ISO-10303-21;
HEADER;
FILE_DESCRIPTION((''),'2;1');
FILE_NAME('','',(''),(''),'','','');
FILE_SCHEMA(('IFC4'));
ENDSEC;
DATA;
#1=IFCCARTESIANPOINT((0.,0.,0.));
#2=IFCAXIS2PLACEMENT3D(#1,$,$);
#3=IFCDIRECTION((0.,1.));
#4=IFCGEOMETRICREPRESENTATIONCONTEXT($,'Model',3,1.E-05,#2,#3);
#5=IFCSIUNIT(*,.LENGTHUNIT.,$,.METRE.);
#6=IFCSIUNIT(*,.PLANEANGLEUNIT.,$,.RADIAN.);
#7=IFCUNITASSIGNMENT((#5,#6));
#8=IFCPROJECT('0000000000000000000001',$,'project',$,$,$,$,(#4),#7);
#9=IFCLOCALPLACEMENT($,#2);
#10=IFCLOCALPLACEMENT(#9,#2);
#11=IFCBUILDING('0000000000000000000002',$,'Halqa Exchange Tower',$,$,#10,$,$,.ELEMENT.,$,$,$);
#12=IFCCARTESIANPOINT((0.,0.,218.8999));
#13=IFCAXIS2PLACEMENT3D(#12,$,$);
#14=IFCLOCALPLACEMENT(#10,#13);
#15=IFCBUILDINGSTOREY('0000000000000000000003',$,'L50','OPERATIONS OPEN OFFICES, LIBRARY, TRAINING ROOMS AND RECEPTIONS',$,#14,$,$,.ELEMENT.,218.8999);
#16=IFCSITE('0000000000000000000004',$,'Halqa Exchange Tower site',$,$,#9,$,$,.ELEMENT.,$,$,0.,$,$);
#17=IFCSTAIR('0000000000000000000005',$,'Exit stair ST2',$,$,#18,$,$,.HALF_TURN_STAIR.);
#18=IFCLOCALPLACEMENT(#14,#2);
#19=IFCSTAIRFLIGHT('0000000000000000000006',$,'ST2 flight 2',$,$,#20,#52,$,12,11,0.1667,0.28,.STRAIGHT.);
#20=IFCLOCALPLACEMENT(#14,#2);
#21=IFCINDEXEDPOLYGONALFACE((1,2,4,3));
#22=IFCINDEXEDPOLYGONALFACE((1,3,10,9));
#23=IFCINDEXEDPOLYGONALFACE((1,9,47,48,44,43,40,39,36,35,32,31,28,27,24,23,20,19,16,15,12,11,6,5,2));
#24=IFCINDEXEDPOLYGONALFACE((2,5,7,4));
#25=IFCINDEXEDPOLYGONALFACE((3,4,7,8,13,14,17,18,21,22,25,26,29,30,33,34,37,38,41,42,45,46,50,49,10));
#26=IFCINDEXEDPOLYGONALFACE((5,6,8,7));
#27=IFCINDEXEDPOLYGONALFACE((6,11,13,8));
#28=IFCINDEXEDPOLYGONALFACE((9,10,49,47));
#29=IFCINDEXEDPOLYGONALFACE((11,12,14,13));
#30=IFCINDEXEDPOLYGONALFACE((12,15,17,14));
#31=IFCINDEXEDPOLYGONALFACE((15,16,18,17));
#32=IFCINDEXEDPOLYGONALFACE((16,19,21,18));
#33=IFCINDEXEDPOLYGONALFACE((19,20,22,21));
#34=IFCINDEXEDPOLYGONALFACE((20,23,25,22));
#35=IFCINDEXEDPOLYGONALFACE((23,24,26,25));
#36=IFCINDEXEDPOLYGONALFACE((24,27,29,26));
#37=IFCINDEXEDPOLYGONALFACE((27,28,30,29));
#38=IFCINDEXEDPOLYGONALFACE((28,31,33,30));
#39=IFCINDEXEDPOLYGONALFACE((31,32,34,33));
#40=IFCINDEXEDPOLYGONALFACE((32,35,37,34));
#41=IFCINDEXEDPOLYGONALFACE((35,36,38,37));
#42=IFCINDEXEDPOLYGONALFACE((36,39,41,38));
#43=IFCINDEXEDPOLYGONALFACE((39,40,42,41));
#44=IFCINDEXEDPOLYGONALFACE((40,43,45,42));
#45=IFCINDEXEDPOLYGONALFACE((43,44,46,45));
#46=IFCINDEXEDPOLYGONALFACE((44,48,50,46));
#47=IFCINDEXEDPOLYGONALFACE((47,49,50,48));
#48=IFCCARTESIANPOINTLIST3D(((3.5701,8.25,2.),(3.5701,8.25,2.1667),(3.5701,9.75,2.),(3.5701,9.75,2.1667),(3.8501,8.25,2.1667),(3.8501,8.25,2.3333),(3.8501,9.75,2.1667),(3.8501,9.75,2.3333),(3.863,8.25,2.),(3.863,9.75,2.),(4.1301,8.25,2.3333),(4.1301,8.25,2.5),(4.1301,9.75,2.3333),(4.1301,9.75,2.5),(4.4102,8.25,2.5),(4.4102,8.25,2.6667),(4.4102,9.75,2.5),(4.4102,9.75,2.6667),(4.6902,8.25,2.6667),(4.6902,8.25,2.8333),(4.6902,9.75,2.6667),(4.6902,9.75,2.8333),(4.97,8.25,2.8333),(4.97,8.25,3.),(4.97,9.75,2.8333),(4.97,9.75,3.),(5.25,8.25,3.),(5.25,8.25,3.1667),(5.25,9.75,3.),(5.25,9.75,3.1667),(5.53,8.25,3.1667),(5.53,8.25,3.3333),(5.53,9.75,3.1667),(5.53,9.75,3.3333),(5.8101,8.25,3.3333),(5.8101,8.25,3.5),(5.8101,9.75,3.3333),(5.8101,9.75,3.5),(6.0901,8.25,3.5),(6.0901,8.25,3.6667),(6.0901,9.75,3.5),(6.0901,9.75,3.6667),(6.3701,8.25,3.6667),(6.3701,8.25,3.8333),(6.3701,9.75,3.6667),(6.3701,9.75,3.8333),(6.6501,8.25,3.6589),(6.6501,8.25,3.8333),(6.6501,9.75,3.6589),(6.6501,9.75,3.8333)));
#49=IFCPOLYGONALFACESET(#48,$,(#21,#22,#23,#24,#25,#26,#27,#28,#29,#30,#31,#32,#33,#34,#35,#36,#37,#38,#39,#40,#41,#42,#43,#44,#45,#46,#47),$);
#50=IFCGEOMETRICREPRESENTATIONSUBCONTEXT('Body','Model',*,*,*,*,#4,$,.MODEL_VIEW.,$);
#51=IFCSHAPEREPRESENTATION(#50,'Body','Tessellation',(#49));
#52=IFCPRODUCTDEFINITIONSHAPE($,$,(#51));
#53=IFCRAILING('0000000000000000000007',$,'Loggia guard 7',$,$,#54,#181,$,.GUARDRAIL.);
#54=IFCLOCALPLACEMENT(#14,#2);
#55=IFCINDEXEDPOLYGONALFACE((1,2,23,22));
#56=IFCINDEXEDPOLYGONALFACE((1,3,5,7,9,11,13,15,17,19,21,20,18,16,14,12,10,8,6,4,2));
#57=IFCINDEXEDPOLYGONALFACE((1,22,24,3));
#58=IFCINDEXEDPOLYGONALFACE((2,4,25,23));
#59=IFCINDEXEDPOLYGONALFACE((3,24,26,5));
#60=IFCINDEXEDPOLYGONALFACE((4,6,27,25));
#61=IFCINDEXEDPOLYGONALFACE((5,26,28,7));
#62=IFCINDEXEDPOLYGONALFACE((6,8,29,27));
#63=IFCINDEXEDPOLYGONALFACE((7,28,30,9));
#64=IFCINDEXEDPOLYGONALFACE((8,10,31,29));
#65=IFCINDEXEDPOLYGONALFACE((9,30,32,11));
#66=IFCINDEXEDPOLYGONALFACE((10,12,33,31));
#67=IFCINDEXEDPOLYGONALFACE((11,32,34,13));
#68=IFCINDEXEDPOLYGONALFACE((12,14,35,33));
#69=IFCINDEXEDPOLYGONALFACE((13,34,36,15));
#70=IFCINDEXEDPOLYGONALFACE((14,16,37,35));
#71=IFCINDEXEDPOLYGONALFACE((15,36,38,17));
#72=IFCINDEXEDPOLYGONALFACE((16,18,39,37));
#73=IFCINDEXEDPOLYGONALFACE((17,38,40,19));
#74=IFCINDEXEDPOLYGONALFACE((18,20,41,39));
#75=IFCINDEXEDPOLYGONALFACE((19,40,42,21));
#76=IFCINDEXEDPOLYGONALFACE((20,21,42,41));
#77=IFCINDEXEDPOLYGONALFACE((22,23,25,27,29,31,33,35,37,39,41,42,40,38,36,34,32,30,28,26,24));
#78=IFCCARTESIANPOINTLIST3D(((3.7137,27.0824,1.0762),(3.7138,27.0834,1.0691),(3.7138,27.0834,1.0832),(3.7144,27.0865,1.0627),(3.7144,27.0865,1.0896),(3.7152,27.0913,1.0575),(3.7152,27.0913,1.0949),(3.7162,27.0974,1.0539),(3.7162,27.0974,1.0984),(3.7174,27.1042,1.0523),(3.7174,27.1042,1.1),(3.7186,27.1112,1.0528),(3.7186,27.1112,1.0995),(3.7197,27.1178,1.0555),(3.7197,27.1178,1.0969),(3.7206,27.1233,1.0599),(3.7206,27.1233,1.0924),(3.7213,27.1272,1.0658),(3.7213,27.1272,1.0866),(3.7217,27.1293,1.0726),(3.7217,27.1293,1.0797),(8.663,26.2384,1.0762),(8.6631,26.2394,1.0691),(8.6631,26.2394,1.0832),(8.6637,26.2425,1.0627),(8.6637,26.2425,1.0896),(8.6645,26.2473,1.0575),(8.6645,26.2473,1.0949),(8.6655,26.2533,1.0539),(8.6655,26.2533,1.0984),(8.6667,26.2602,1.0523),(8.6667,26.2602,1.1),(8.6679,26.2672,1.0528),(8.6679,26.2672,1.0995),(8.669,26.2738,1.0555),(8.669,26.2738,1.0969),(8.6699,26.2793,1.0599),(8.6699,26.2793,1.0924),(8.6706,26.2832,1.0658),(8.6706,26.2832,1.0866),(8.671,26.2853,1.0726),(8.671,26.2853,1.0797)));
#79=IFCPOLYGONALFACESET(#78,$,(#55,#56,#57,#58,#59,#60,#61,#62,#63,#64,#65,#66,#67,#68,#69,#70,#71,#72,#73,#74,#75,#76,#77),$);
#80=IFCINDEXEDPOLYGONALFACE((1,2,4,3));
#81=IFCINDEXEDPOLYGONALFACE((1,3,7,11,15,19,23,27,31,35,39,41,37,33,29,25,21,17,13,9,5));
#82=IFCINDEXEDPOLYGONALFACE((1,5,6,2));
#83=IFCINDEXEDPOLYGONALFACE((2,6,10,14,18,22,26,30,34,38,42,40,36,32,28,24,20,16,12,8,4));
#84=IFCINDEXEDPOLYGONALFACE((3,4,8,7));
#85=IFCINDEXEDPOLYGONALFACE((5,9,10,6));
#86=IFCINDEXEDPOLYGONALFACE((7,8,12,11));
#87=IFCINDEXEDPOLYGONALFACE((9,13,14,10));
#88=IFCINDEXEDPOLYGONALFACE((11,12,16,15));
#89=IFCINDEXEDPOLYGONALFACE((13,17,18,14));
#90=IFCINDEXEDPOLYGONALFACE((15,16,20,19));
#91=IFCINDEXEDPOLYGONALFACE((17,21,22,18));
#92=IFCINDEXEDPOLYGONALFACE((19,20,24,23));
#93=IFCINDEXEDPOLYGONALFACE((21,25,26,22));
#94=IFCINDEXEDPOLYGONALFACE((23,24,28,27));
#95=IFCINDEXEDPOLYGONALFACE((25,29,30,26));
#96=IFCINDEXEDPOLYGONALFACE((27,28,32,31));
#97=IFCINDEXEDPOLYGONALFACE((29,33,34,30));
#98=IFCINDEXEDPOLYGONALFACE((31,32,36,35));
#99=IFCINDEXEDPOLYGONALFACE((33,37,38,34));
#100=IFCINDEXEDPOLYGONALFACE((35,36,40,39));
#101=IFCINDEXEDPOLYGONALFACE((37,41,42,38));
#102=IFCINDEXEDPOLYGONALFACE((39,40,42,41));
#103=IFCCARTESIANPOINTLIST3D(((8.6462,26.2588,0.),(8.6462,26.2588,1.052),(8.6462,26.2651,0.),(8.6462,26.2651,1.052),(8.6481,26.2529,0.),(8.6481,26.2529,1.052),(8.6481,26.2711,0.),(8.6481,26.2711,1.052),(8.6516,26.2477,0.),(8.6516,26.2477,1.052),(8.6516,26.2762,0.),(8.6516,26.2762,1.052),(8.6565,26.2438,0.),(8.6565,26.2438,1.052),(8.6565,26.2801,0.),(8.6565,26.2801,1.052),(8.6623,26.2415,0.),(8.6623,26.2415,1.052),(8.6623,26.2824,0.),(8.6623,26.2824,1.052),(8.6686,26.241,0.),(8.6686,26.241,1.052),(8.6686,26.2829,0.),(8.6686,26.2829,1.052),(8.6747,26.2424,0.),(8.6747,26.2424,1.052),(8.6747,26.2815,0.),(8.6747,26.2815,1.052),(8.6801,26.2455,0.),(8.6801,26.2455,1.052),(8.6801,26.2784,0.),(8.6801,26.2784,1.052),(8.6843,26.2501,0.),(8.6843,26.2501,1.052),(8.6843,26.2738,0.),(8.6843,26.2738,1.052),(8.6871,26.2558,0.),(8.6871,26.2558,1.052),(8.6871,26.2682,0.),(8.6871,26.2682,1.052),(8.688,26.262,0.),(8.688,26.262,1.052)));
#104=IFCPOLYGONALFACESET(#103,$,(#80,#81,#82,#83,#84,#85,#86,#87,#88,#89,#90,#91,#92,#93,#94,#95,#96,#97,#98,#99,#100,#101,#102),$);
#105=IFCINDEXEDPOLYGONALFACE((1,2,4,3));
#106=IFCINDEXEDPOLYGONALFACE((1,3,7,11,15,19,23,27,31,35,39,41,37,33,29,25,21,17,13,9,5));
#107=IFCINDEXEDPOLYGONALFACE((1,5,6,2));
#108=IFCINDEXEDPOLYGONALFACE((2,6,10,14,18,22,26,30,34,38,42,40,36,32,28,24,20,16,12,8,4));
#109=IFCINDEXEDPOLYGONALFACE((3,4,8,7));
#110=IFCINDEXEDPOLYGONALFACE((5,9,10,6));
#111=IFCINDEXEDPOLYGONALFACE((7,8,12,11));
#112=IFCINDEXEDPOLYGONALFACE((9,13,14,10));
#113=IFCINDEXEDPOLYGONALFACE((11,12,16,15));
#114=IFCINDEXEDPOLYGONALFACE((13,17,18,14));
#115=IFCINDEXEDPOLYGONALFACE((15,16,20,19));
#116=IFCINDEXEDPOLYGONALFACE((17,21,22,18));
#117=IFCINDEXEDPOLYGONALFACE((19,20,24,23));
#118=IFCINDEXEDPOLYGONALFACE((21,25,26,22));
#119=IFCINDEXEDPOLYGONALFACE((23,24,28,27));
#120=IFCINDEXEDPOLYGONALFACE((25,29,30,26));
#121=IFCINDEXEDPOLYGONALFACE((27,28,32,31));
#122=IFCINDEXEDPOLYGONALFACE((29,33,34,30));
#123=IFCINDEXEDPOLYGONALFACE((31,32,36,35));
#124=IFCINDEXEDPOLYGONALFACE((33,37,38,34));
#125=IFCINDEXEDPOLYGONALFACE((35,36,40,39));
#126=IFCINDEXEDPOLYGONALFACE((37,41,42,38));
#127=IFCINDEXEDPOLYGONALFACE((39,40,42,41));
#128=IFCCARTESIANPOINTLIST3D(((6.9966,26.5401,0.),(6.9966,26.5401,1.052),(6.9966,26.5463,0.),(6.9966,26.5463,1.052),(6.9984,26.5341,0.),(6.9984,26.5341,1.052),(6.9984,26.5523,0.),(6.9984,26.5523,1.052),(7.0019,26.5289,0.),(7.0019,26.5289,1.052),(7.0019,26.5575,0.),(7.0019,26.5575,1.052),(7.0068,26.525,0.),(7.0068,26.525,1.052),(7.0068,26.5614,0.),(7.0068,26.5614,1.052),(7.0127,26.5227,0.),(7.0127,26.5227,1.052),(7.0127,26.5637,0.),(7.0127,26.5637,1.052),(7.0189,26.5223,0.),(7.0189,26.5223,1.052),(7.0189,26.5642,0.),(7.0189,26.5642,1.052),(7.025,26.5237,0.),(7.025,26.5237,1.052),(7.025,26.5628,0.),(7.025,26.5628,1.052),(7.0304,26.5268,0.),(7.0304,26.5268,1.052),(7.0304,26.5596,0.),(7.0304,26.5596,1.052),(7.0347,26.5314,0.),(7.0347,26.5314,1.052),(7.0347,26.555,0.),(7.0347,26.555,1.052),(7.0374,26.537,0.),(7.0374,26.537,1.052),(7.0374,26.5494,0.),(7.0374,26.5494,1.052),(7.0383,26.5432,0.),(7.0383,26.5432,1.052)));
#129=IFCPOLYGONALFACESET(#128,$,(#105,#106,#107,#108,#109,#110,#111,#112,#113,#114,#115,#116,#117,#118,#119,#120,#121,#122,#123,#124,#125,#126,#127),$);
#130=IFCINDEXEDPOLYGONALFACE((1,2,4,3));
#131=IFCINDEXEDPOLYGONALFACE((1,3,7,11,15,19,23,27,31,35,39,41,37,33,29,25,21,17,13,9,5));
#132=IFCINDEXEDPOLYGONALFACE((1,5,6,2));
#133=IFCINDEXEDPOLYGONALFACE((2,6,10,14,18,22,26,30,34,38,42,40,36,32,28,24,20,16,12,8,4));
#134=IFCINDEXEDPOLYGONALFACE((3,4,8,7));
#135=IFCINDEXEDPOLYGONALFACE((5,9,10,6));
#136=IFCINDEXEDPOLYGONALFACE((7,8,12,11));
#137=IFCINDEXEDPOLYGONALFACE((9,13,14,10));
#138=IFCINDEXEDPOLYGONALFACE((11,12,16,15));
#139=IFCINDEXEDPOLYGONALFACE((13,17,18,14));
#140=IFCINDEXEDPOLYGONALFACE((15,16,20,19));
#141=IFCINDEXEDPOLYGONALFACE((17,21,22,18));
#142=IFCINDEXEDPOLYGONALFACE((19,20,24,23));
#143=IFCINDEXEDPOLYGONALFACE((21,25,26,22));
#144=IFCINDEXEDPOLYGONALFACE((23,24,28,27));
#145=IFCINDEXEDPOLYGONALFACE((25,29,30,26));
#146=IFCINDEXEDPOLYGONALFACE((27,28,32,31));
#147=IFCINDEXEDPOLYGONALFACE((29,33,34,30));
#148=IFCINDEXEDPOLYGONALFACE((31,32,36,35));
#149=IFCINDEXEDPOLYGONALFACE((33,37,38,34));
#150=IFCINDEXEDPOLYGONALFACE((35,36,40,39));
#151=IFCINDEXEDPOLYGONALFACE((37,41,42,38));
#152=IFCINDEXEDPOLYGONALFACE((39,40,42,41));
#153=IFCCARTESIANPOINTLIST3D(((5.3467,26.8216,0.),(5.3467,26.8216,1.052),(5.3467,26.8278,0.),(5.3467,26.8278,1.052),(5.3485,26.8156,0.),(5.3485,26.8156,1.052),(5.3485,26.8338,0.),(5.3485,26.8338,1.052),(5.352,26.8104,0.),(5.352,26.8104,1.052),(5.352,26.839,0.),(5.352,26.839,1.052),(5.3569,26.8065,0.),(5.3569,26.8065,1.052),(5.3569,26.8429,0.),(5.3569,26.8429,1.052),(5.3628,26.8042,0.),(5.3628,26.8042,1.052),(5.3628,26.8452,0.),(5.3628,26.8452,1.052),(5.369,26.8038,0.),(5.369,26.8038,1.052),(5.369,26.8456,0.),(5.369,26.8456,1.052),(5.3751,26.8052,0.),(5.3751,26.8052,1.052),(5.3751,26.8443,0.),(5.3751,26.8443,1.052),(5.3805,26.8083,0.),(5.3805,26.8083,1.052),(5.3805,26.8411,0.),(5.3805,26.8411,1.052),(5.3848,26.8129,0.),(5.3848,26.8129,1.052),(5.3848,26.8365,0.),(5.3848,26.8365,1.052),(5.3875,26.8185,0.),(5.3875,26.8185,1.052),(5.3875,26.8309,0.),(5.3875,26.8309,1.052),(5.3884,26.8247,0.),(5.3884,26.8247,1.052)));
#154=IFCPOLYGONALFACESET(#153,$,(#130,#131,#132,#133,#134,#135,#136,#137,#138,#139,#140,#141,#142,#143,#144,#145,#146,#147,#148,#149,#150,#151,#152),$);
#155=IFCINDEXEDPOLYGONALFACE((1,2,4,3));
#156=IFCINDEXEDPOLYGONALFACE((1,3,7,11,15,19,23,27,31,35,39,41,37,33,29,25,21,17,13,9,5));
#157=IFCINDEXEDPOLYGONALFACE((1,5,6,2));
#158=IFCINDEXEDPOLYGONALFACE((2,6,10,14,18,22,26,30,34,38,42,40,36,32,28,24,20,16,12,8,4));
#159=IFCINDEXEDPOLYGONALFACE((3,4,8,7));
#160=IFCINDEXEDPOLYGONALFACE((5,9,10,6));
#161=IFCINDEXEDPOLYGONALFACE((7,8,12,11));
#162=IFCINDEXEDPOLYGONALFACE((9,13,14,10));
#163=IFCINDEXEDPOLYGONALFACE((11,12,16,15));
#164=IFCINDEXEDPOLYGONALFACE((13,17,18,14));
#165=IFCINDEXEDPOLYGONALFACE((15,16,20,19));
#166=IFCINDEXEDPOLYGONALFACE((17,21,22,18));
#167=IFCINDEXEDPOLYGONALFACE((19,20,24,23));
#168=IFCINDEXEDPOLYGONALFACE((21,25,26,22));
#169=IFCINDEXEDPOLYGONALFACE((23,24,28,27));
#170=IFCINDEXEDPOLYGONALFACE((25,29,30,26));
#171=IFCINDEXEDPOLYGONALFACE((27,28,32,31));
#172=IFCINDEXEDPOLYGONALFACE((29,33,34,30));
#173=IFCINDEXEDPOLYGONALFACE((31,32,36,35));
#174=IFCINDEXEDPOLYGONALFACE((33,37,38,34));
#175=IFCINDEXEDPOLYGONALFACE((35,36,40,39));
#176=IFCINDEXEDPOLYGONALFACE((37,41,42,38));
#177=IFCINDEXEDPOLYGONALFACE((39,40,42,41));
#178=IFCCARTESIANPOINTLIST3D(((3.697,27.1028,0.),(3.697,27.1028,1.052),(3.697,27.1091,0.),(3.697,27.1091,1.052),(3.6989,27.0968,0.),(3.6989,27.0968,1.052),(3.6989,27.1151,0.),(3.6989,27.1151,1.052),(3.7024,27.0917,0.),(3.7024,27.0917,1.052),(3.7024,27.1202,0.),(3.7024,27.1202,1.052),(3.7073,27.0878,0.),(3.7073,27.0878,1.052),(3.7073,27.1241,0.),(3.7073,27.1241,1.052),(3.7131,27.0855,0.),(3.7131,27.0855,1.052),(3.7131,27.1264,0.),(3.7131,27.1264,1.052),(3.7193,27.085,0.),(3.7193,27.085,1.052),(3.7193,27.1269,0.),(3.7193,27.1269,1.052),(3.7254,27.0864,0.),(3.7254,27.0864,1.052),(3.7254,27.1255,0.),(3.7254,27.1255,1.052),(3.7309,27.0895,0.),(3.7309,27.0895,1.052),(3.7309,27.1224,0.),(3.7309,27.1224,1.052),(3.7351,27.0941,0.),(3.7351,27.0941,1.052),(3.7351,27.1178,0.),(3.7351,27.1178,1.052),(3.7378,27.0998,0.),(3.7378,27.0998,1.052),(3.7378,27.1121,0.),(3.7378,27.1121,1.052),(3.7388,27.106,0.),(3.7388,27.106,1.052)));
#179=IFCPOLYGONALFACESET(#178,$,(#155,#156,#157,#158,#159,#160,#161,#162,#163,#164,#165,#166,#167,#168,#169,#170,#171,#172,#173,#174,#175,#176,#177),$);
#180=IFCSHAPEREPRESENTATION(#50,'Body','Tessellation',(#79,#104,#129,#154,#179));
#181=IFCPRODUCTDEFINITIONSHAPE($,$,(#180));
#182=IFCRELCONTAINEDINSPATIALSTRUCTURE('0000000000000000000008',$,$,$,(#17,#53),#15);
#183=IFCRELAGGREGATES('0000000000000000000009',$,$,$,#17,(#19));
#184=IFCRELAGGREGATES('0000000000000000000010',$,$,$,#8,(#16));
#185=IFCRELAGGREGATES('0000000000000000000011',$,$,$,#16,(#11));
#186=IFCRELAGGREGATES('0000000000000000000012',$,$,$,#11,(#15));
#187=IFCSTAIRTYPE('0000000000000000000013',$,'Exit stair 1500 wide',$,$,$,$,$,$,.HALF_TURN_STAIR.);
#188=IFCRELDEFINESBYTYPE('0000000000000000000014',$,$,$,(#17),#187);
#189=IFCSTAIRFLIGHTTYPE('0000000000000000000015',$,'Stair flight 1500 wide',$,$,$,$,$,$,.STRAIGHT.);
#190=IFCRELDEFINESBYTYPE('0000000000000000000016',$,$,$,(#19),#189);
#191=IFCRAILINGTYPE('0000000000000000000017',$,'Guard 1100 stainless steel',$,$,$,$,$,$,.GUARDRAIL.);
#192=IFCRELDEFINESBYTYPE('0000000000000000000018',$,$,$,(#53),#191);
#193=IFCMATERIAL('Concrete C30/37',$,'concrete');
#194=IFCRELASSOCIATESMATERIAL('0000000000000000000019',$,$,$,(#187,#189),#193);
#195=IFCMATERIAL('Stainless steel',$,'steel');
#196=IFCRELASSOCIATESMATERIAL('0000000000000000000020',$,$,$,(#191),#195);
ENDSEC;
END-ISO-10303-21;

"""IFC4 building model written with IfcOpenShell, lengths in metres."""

from ifc_helpers import new_model, si_unit, direction, frame, origin, origin_2d, place, context, subcontext, project, spatial, polyline, circle, outline, extrude, material, type_object, element, aggregate, save


model = new_model("IFC4")

# Units and contexts
model_context = context("Model", 3, precision=1e-05, world=origin(), true_north=direction((0.0, 1.0)))
body_context = subcontext(model_context, "Body", "Model", "MODEL_VIEW")
ifc_project = project(units=[si_unit("LENGTHUNIT", "METRE"), si_unit("PLANEANGLEUNIT", "RADIAN")], contexts=[model_context])

# Site, building, storey
site_placement = place(None, origin())
site = spatial("IfcSite", under=ifc_project, at=site_placement, Name="Halqa Exchange Tower site", CompositionType="ELEMENT", RefElevation=0.0)
building_placement = place(site_placement, origin())
building = spatial("IfcBuilding", under=site, at=building_placement, Name="Halqa Exchange Tower", CompositionType="ELEMENT")
storey_placement = place(building_placement, frame((0.0, 0.0, 218.8999)))
storey = spatial("IfcBuildingStorey", under=building, at=storey_placement, Name="L50", Description="OPERATIONS OPEN OFFICES, LIBRARY, TRAINING ROOMS AND RECEPTIONS", CompositionType="ELEMENT", Elevation=218.8999)

# Shared definitions
ifc_material_1 = material(Name="Concrete C30/37", Category="concrete")

# Stair, stair flight
stair_type = type_object("IfcStairType", Name="Exit stair 1500 wide", PredefinedType="HALF_TURN_STAIR", material=ifc_material_1)
stair_placement = place(storey_placement, origin())
stair = element("IfcStair", 1, at=stair_placement, inside=storey, type_object=stair_type, Name="Exit stair ST2", PredefinedType="HALF_TURN_STAIR")
stair_flight_type = type_object("IfcStairFlightType", Name="Stair flight 1500 wide", PredefinedType="STRAIGHT", material=ifc_material_1)
stair_flight_1_placement = place(storey_placement, frame((3.5701, 9.0, 2.0), z_axis=(0.0, 0.0, 1.0), x_axis=(1.0, 0.0, 0.0)))
stair_flight_1 = element("IfcStairFlight", 2, at=stair_flight_1_placement, type_object=stair_flight_type, Name="ST2 flight 2", NumberOfRisers=12, NumberOfTreads=11, PredefinedType="STRAIGHT", RiserHeight=0.1667, TreadLength=0.28, context=body_context, shape_type="SweptSolid", body=[
    extrude(outline(polyline([(0.0, 0.0), (0.0, 0.1667), (0.28, 0.1667), (0.28, 0.3333), (0.5601, 0.3333), (0.5601, 0.5), (0.8401, 0.5), (0.8401, 0.6667), (1.1201, 0.6667), (1.1201, 0.8333), (1.3999, 0.8333), (1.3999, 1.0), (1.6799, 1.0), (1.6799, 1.1667), (1.96, 1.1667), (1.96, 1.3333), (2.24, 1.3333), (2.24, 1.5), (2.52, 1.5), (2.52, 1.6667), (2.8, 1.6667), (2.8, 1.8333), (3.0801, 1.8333), (3.0801, 2.0), (3.0801, 1.6589), (0.293, 0.0), (0.0, 0.0)])), frame((0.0, 0.75, 0.0), z_axis=(0.0, -1.0, 0.0), x_axis=(1.0, 0.0, 0.0)), (0.0, 0.0, 1.0), 1.5),
])
aggregate(stair, [stair_flight_1])

# Railing
ifc_material_2 = material(Name="Stainless steel", Category="steel")
railing_type_1 = type_object("IfcRailingType", Name="Guard 1100 stainless steel", PredefinedType="GUARDRAIL", material=ifc_material_2)
railing_1_placement = place(storey_placement, frame((8.667, 26.262, 0.0)))
element("IfcRailing", 3, at=railing_1_placement, inside=storey, type_object=railing_type_1, Name="Loggia guard 7", PredefinedType="GUARDRAIL", context=body_context, shape_type="SweptSolid", body=[
    extrude(circle(Radius=0.0239, at=origin_2d()), frame((0.0, 0.0, 1.0762), z_axis=(-0.985769, 0.168104, 0.0), x_axis=(-0.168104, -0.985769, 0.0)), (0.0, 0.0, 1.0), 5.0208),
    extrude(circle(Radius=0.021, at=origin_2d()), origin(), (0.0, 0.0, 1.0), 1.052),
    extrude(circle(Radius=0.021, at=origin_2d()), frame((-1.6497, 0.2812, 0.0)), (0.0, 0.0, 1.0), 1.052),
    extrude(circle(Radius=0.021, at=origin_2d()), frame((-3.2996, 0.5627, 0.0)), (0.0, 0.0, 1.0), 1.052),
    extrude(circle(Radius=0.021, at=origin_2d()), frame((-4.9492, 0.844, 0.0)), (0.0, 0.0, 1.0), 1.052),
])

save(model, "model.ifc")
